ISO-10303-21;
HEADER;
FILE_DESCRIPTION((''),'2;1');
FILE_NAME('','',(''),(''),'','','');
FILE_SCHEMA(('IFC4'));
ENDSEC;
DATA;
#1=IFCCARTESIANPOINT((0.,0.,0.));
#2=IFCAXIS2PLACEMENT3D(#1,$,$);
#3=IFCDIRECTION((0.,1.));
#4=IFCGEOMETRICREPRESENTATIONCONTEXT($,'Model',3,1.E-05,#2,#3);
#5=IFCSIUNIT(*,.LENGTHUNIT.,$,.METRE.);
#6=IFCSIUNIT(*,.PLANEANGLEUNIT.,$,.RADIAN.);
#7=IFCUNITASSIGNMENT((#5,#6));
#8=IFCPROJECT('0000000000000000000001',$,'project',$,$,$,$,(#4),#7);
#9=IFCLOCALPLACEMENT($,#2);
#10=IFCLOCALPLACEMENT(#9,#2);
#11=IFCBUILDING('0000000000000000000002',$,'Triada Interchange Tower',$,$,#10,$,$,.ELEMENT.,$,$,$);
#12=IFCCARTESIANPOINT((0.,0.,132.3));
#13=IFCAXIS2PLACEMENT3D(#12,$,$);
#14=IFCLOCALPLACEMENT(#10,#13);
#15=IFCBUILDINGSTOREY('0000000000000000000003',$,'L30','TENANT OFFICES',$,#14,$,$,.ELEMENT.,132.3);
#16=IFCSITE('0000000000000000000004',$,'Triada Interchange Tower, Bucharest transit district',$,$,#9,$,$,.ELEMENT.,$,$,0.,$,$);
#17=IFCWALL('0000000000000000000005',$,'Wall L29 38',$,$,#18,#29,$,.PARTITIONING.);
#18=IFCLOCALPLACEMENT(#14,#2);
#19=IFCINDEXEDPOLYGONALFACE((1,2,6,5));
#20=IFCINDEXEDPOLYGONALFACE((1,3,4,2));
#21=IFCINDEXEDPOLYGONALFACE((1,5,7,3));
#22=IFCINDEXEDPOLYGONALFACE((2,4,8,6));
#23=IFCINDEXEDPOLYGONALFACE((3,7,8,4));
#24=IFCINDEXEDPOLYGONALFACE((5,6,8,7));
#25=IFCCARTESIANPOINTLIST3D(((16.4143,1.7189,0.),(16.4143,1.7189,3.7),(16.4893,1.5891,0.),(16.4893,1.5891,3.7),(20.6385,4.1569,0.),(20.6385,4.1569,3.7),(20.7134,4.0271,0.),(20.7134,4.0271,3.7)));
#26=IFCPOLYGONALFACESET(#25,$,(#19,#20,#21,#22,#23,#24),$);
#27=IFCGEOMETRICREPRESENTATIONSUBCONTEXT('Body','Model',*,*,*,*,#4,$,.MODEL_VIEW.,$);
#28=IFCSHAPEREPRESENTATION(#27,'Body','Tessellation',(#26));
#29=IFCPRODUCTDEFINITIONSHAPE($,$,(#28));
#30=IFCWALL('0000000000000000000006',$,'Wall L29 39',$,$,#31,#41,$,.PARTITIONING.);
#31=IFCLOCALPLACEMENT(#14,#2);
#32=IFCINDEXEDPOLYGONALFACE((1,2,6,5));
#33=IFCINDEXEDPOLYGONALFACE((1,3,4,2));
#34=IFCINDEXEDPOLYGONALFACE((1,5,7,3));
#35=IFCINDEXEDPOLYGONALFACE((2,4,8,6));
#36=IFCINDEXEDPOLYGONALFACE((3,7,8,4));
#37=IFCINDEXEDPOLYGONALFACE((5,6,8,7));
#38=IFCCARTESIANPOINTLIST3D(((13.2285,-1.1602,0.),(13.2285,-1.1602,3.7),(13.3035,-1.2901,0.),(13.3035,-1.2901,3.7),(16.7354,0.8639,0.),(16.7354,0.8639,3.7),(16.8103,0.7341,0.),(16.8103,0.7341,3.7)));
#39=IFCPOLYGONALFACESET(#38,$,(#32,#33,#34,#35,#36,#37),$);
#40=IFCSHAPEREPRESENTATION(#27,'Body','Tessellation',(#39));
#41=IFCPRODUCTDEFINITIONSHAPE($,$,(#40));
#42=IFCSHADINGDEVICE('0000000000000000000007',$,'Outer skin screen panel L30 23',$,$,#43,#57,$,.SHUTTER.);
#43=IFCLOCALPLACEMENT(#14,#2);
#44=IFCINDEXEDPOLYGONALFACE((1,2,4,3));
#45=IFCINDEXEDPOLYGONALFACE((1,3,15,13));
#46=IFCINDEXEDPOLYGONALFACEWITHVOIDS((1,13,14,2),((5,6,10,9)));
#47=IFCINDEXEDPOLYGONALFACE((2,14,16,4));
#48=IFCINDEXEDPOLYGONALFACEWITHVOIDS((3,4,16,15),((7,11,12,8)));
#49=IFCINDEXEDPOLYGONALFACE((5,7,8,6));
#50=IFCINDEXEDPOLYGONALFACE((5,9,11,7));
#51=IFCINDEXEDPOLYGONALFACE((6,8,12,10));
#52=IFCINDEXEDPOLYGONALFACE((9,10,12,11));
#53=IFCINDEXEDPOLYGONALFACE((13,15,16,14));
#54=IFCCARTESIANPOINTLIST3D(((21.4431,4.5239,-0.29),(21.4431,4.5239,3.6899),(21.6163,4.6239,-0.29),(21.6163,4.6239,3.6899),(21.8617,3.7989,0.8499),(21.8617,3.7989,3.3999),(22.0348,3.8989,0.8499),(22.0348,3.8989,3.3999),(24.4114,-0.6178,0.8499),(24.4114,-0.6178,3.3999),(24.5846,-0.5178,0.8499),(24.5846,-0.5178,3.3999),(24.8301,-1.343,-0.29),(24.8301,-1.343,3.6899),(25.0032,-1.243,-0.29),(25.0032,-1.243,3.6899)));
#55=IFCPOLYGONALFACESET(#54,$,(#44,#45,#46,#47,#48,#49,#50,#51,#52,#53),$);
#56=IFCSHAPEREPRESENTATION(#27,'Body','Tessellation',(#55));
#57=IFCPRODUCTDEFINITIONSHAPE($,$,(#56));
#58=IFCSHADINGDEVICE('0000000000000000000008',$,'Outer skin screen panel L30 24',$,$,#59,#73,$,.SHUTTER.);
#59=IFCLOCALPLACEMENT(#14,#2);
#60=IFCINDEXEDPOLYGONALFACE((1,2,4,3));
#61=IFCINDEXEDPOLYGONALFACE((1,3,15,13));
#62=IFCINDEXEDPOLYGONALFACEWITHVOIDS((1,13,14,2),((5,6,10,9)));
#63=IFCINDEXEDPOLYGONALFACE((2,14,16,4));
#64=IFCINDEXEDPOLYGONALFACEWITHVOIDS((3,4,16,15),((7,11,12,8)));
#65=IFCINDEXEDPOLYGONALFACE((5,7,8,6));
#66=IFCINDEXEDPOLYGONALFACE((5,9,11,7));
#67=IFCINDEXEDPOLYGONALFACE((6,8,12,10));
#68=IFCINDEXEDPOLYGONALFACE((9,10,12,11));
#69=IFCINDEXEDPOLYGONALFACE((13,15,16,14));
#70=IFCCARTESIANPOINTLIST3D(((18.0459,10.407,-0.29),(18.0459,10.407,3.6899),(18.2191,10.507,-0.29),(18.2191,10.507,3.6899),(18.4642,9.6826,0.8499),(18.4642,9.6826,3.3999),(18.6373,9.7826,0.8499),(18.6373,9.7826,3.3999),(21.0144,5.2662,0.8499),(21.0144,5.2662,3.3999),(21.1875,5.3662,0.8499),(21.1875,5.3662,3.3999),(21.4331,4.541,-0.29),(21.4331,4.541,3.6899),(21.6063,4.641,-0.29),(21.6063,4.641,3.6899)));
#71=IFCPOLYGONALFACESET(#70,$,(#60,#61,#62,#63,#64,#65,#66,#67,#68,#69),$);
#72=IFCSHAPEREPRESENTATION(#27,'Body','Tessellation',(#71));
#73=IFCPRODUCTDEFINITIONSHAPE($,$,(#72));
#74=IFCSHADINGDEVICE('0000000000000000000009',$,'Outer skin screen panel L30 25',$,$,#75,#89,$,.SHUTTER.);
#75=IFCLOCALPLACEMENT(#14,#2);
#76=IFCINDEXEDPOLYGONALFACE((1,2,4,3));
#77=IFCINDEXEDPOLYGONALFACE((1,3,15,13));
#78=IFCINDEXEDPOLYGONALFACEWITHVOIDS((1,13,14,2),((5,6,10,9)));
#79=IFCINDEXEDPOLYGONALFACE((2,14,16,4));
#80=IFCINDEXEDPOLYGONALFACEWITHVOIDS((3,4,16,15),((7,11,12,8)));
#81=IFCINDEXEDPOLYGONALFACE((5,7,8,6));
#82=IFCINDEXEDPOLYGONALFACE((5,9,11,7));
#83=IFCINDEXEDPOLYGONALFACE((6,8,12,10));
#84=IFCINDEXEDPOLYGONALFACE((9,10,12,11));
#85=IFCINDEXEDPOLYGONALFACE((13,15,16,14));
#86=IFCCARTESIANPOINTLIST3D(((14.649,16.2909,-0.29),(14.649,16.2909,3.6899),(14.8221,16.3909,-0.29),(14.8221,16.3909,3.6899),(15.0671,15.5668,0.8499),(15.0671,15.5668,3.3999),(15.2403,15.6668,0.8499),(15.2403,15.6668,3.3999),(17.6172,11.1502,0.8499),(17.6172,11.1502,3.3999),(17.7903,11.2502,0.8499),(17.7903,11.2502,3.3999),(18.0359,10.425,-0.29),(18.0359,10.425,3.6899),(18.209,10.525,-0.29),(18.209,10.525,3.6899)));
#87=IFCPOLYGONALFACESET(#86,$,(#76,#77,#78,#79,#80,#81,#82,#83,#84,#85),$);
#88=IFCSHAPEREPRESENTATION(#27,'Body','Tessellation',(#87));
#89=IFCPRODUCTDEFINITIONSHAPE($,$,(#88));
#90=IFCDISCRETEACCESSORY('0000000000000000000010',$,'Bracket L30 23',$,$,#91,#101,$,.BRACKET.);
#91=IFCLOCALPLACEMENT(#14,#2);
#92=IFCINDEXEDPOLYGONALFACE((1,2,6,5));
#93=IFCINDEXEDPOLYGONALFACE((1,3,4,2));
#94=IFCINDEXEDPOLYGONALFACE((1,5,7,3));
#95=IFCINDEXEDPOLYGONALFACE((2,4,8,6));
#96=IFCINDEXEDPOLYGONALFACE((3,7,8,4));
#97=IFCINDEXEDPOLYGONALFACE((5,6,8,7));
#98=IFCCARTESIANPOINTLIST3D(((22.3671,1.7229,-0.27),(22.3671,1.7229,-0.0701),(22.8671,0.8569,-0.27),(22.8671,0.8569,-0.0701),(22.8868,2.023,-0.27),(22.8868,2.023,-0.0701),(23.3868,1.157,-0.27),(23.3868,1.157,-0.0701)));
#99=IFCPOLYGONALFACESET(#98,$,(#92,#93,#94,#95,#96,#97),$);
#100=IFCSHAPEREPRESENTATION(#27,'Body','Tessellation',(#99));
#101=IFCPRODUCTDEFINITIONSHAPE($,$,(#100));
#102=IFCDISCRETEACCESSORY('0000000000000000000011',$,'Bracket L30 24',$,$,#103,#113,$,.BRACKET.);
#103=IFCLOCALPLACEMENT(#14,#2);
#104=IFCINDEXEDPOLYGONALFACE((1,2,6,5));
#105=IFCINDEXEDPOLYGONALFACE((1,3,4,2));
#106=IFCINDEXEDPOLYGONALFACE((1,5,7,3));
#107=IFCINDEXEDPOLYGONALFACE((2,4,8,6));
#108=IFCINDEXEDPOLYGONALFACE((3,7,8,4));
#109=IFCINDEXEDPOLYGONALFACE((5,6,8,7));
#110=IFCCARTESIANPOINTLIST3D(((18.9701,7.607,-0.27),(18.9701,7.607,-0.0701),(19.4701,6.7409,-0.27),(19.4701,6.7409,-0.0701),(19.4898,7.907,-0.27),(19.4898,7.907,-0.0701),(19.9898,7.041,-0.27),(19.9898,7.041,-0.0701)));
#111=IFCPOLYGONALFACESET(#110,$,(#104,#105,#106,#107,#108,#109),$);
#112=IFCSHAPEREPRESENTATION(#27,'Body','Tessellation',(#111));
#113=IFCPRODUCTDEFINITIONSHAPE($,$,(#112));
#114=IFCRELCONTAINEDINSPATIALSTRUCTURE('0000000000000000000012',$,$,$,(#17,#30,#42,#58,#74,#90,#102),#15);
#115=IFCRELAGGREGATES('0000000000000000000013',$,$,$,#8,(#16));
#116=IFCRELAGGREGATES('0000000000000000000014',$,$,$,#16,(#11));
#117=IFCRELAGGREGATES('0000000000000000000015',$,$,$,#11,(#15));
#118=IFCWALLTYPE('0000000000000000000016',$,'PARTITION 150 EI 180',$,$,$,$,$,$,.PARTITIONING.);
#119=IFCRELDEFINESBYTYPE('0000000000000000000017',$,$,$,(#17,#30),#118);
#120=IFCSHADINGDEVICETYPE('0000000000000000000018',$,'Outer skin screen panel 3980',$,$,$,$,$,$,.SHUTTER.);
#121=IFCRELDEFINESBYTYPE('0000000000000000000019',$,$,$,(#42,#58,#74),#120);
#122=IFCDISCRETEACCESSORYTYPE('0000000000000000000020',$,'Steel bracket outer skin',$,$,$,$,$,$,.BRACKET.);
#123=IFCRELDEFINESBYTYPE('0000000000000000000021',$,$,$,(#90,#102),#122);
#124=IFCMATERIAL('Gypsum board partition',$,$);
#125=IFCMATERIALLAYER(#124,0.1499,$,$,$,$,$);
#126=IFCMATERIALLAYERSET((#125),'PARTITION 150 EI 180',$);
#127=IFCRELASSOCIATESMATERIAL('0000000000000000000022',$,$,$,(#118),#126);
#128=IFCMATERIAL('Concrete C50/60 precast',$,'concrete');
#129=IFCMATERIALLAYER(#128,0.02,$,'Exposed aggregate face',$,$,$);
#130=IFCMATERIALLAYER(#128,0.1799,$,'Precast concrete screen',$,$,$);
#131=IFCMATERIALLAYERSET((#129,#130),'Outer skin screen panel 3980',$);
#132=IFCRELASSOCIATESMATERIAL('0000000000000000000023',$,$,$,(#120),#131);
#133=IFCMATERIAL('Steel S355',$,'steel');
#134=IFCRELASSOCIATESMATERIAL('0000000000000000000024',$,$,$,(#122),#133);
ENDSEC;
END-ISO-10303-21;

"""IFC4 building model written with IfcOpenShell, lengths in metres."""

from ifc_helpers import new_model, si_unit, direction, frame, frame_2d, origin, origin_2d, place, context, subcontext, project, spatial, polyline, rectangle, outline, extrude, material, layer, layer_set, type_object, element, save


model = new_model("IFC4")

# Units and contexts
model_context = context("Model", 3, precision=1e-05, world=origin(), true_north=direction((0.0, 1.0)))
body_context = subcontext(model_context, "Body", "Model", "MODEL_VIEW")
ifc_project = project(units=[si_unit("LENGTHUNIT", "METRE"), si_unit("PLANEANGLEUNIT", "RADIAN")], contexts=[model_context])

# Site, building, storey
site_placement = place(None, origin())
site = spatial("IfcSite", under=ifc_project, at=site_placement, Name="Triada Interchange Tower, Bucharest transit district", CompositionType="ELEMENT", RefElevation=0.0)
building_placement = place(site_placement, origin())
building = spatial("IfcBuilding", under=site, at=building_placement, Name="Triada Interchange Tower", CompositionType="ELEMENT")
storey_placement = place(building_placement, frame((0.0, 0.0, 132.3)))
storey = spatial("IfcBuildingStorey", under=building, at=storey_placement, Name="L30", Description="TENANT OFFICES", CompositionType="ELEMENT", Elevation=132.3)

# Shared definitions
ifc_material_1 = material(Name="Gypsum board partition")
ifc_layer_1 = layer(ifc_material_1, 0.1499)
ifc_layer_set_1 = layer_set([ifc_layer_1], Name="PARTITION 150 EI 180")
wall_type = type_object("IfcWallType", Name="PARTITION 150 EI 180", PredefinedType="PARTITIONING", material=ifc_layer_set_1)

# Walls
wall_1_placement = place(storey_placement, frame((16.4519, 1.6541, 0.0), z_axis=(0.0, 0.0, 1.0), x_axis=(0.866097, 0.499876, 0.0)))
element("IfcWall", 1, at=wall_1_placement, inside=storey, type_object=wall_type, Name="Wall L29 38", PredefinedType="PARTITIONING", context=body_context, shape_type="SweptSolid", body=[
    extrude(rectangle(XDim=4.8772, YDim=0.1499, at=frame_2d((2.4385, 0.0))), origin(), (0.0, 0.0, 1.0), 3.7),
])
wall_2_placement = place(storey_placement, frame((13.2661, -1.2251, 0.0), z_axis=(0.0, 0.0, 1.0), x_axis=(0.866079, 0.499907, 0.0)))
element("IfcWall", 2, at=wall_2_placement, inside=storey, type_object=wall_type, Name="Wall L29 39", PredefinedType="PARTITIONING", context=body_context, shape_type="SweptSolid", body=[
    extrude(rectangle(XDim=4.0491, YDim=0.1499, at=frame_2d((2.0244, 0.0))), origin(), (0.0, 0.0, 1.0), 3.7),
])

# Shading devices
ifc_material_2 = material(Name="Concrete C50/60 precast", Category="concrete")
ifc_layer_2 = layer(ifc_material_2, 0.02, Name="Exposed aggregate face")
ifc_layer_3 = layer(ifc_material_2, 0.1799, Name="Precast concrete screen")
ifc_layer_set_2 = layer_set([ifc_layer_2, ifc_layer_3], Name="Outer skin screen panel 3980")
shading_device_type = type_object("IfcShadingDeviceType", Name="Outer skin screen panel 3980", PredefinedType="SHUTTER", material=ifc_layer_set_2)
shading_device_1_placement = place(storey_placement, frame((24.8301, -1.343, -0.29), z_axis=(0.0, 0.0, 1.0), x_axis=(-0.499965, 0.866046, 0.0)))
element("IfcShadingDevice", 3, at=shading_device_1_placement, inside=storey, type_object=shading_device_type, Name="Outer skin screen panel L30 23", PredefinedType="SHUTTER", context=body_context, shape_type="SweptSolid", body=[
    extrude(outline(polyline([(0.0, 0.0), (6.7744, 0.0), (6.7744, 3.98), (0.0, 3.98), (0.0, 0.0)]), holes=[polyline([(0.8374, 1.1399), (0.8374, 3.6899), (5.9373, 3.6899), (5.9373, 1.1399), (0.8374, 1.1399)])]), frame((0.0, 0.0, 0.0), z_axis=(0.0, -1.0, 0.0), x_axis=(1.0, 0.0, 0.0)), (0.0, 0.0, 1.0), 0.2),
])
shading_device_2_placement = place(storey_placement, frame((21.4331, 4.541, -0.29), z_axis=(0.0, 0.0, 1.0), x_axis=(-0.500054, 0.865994, 0.0)))
element("IfcShadingDevice", 4, at=shading_device_2_placement, inside=storey, type_object=shading_device_type, Name="Outer skin screen panel L30 24", PredefinedType="SHUTTER", context=body_context, shape_type="SweptSolid", body=[
    extrude(outline(polyline([(0.0, 0.0), (6.7737, 0.0), (6.7737, 3.98), (0.0, 3.98), (0.0, 0.0)]), holes=[polyline([(0.8374, 1.1399), (0.8374, 3.6899), (5.9373, 3.6899), (5.9373, 1.1399), (0.8374, 1.1399)])]), frame((0.0, 0.0, 0.0), z_axis=(0.0, -1.0, 0.0), x_axis=(1.0, 0.0, 0.0)), (0.0, 0.0, 1.0), 0.2),
])
shading_device_3_placement = place(storey_placement, frame((18.0359, 10.425, -0.29), z_axis=(0.0, 0.0, 1.0), x_axis=(-0.500027, 0.86601, 0.0)))
element("IfcShadingDevice", 5, at=shading_device_3_placement, inside=storey, type_object=shading_device_type, Name="Outer skin screen panel L30 25", PredefinedType="SHUTTER", context=body_context, shape_type="SweptSolid", body=[
    extrude(outline(polyline([(0.0, 0.0), (6.7734, 0.0), (6.7734, 3.98), (0.0, 3.98), (0.0, 0.0)]), holes=[polyline([(0.8374, 1.1399), (0.8374, 3.6899), (5.9373, 3.6899), (5.9373, 1.1399), (0.8374, 1.1399)])]), frame((0.0, 0.0, 0.0), z_axis=(0.0, -1.0, 0.0), x_axis=(1.0, 0.0, 0.0)), (0.0, 0.0, 1.0), 0.2),
])

# Discrete accessories
ifc_material_3 = material(Name="Steel S355", Category="steel")
discrete_accessory_type = type_object("IfcDiscreteAccessoryType", Name="Steel bracket outer skin", PredefinedType="BRACKET", material=ifc_material_3)
for number, where, z_axis, x_axis, name in (
    (6, (22.877, 1.4399, -0.27), (0.0, 0.0, 1.0), (0.866023, 0.500004, 0.0), "Bracket L30 23"),
    (7, (19.48, 7.324, -0.27), (0.0, 0.0, 1.0), (0.866023, 0.500004, 0.0), "Bracket L30 24"),
):
    element("IfcDiscreteAccessory", number, at=place(storey_placement, frame(where, z_axis=z_axis, x_axis=x_axis)), inside=storey, type_object=discrete_accessory_type, Name=name, PredefinedType="BRACKET", context=body_context, shape_type="SweptSolid", body=[
        extrude(rectangle(XDim=0.6001, YDim=1.0, at=origin_2d()), origin(), (0.0, 0.0, 1.0), 0.2),
    ])

save(model, "model.ifc")
